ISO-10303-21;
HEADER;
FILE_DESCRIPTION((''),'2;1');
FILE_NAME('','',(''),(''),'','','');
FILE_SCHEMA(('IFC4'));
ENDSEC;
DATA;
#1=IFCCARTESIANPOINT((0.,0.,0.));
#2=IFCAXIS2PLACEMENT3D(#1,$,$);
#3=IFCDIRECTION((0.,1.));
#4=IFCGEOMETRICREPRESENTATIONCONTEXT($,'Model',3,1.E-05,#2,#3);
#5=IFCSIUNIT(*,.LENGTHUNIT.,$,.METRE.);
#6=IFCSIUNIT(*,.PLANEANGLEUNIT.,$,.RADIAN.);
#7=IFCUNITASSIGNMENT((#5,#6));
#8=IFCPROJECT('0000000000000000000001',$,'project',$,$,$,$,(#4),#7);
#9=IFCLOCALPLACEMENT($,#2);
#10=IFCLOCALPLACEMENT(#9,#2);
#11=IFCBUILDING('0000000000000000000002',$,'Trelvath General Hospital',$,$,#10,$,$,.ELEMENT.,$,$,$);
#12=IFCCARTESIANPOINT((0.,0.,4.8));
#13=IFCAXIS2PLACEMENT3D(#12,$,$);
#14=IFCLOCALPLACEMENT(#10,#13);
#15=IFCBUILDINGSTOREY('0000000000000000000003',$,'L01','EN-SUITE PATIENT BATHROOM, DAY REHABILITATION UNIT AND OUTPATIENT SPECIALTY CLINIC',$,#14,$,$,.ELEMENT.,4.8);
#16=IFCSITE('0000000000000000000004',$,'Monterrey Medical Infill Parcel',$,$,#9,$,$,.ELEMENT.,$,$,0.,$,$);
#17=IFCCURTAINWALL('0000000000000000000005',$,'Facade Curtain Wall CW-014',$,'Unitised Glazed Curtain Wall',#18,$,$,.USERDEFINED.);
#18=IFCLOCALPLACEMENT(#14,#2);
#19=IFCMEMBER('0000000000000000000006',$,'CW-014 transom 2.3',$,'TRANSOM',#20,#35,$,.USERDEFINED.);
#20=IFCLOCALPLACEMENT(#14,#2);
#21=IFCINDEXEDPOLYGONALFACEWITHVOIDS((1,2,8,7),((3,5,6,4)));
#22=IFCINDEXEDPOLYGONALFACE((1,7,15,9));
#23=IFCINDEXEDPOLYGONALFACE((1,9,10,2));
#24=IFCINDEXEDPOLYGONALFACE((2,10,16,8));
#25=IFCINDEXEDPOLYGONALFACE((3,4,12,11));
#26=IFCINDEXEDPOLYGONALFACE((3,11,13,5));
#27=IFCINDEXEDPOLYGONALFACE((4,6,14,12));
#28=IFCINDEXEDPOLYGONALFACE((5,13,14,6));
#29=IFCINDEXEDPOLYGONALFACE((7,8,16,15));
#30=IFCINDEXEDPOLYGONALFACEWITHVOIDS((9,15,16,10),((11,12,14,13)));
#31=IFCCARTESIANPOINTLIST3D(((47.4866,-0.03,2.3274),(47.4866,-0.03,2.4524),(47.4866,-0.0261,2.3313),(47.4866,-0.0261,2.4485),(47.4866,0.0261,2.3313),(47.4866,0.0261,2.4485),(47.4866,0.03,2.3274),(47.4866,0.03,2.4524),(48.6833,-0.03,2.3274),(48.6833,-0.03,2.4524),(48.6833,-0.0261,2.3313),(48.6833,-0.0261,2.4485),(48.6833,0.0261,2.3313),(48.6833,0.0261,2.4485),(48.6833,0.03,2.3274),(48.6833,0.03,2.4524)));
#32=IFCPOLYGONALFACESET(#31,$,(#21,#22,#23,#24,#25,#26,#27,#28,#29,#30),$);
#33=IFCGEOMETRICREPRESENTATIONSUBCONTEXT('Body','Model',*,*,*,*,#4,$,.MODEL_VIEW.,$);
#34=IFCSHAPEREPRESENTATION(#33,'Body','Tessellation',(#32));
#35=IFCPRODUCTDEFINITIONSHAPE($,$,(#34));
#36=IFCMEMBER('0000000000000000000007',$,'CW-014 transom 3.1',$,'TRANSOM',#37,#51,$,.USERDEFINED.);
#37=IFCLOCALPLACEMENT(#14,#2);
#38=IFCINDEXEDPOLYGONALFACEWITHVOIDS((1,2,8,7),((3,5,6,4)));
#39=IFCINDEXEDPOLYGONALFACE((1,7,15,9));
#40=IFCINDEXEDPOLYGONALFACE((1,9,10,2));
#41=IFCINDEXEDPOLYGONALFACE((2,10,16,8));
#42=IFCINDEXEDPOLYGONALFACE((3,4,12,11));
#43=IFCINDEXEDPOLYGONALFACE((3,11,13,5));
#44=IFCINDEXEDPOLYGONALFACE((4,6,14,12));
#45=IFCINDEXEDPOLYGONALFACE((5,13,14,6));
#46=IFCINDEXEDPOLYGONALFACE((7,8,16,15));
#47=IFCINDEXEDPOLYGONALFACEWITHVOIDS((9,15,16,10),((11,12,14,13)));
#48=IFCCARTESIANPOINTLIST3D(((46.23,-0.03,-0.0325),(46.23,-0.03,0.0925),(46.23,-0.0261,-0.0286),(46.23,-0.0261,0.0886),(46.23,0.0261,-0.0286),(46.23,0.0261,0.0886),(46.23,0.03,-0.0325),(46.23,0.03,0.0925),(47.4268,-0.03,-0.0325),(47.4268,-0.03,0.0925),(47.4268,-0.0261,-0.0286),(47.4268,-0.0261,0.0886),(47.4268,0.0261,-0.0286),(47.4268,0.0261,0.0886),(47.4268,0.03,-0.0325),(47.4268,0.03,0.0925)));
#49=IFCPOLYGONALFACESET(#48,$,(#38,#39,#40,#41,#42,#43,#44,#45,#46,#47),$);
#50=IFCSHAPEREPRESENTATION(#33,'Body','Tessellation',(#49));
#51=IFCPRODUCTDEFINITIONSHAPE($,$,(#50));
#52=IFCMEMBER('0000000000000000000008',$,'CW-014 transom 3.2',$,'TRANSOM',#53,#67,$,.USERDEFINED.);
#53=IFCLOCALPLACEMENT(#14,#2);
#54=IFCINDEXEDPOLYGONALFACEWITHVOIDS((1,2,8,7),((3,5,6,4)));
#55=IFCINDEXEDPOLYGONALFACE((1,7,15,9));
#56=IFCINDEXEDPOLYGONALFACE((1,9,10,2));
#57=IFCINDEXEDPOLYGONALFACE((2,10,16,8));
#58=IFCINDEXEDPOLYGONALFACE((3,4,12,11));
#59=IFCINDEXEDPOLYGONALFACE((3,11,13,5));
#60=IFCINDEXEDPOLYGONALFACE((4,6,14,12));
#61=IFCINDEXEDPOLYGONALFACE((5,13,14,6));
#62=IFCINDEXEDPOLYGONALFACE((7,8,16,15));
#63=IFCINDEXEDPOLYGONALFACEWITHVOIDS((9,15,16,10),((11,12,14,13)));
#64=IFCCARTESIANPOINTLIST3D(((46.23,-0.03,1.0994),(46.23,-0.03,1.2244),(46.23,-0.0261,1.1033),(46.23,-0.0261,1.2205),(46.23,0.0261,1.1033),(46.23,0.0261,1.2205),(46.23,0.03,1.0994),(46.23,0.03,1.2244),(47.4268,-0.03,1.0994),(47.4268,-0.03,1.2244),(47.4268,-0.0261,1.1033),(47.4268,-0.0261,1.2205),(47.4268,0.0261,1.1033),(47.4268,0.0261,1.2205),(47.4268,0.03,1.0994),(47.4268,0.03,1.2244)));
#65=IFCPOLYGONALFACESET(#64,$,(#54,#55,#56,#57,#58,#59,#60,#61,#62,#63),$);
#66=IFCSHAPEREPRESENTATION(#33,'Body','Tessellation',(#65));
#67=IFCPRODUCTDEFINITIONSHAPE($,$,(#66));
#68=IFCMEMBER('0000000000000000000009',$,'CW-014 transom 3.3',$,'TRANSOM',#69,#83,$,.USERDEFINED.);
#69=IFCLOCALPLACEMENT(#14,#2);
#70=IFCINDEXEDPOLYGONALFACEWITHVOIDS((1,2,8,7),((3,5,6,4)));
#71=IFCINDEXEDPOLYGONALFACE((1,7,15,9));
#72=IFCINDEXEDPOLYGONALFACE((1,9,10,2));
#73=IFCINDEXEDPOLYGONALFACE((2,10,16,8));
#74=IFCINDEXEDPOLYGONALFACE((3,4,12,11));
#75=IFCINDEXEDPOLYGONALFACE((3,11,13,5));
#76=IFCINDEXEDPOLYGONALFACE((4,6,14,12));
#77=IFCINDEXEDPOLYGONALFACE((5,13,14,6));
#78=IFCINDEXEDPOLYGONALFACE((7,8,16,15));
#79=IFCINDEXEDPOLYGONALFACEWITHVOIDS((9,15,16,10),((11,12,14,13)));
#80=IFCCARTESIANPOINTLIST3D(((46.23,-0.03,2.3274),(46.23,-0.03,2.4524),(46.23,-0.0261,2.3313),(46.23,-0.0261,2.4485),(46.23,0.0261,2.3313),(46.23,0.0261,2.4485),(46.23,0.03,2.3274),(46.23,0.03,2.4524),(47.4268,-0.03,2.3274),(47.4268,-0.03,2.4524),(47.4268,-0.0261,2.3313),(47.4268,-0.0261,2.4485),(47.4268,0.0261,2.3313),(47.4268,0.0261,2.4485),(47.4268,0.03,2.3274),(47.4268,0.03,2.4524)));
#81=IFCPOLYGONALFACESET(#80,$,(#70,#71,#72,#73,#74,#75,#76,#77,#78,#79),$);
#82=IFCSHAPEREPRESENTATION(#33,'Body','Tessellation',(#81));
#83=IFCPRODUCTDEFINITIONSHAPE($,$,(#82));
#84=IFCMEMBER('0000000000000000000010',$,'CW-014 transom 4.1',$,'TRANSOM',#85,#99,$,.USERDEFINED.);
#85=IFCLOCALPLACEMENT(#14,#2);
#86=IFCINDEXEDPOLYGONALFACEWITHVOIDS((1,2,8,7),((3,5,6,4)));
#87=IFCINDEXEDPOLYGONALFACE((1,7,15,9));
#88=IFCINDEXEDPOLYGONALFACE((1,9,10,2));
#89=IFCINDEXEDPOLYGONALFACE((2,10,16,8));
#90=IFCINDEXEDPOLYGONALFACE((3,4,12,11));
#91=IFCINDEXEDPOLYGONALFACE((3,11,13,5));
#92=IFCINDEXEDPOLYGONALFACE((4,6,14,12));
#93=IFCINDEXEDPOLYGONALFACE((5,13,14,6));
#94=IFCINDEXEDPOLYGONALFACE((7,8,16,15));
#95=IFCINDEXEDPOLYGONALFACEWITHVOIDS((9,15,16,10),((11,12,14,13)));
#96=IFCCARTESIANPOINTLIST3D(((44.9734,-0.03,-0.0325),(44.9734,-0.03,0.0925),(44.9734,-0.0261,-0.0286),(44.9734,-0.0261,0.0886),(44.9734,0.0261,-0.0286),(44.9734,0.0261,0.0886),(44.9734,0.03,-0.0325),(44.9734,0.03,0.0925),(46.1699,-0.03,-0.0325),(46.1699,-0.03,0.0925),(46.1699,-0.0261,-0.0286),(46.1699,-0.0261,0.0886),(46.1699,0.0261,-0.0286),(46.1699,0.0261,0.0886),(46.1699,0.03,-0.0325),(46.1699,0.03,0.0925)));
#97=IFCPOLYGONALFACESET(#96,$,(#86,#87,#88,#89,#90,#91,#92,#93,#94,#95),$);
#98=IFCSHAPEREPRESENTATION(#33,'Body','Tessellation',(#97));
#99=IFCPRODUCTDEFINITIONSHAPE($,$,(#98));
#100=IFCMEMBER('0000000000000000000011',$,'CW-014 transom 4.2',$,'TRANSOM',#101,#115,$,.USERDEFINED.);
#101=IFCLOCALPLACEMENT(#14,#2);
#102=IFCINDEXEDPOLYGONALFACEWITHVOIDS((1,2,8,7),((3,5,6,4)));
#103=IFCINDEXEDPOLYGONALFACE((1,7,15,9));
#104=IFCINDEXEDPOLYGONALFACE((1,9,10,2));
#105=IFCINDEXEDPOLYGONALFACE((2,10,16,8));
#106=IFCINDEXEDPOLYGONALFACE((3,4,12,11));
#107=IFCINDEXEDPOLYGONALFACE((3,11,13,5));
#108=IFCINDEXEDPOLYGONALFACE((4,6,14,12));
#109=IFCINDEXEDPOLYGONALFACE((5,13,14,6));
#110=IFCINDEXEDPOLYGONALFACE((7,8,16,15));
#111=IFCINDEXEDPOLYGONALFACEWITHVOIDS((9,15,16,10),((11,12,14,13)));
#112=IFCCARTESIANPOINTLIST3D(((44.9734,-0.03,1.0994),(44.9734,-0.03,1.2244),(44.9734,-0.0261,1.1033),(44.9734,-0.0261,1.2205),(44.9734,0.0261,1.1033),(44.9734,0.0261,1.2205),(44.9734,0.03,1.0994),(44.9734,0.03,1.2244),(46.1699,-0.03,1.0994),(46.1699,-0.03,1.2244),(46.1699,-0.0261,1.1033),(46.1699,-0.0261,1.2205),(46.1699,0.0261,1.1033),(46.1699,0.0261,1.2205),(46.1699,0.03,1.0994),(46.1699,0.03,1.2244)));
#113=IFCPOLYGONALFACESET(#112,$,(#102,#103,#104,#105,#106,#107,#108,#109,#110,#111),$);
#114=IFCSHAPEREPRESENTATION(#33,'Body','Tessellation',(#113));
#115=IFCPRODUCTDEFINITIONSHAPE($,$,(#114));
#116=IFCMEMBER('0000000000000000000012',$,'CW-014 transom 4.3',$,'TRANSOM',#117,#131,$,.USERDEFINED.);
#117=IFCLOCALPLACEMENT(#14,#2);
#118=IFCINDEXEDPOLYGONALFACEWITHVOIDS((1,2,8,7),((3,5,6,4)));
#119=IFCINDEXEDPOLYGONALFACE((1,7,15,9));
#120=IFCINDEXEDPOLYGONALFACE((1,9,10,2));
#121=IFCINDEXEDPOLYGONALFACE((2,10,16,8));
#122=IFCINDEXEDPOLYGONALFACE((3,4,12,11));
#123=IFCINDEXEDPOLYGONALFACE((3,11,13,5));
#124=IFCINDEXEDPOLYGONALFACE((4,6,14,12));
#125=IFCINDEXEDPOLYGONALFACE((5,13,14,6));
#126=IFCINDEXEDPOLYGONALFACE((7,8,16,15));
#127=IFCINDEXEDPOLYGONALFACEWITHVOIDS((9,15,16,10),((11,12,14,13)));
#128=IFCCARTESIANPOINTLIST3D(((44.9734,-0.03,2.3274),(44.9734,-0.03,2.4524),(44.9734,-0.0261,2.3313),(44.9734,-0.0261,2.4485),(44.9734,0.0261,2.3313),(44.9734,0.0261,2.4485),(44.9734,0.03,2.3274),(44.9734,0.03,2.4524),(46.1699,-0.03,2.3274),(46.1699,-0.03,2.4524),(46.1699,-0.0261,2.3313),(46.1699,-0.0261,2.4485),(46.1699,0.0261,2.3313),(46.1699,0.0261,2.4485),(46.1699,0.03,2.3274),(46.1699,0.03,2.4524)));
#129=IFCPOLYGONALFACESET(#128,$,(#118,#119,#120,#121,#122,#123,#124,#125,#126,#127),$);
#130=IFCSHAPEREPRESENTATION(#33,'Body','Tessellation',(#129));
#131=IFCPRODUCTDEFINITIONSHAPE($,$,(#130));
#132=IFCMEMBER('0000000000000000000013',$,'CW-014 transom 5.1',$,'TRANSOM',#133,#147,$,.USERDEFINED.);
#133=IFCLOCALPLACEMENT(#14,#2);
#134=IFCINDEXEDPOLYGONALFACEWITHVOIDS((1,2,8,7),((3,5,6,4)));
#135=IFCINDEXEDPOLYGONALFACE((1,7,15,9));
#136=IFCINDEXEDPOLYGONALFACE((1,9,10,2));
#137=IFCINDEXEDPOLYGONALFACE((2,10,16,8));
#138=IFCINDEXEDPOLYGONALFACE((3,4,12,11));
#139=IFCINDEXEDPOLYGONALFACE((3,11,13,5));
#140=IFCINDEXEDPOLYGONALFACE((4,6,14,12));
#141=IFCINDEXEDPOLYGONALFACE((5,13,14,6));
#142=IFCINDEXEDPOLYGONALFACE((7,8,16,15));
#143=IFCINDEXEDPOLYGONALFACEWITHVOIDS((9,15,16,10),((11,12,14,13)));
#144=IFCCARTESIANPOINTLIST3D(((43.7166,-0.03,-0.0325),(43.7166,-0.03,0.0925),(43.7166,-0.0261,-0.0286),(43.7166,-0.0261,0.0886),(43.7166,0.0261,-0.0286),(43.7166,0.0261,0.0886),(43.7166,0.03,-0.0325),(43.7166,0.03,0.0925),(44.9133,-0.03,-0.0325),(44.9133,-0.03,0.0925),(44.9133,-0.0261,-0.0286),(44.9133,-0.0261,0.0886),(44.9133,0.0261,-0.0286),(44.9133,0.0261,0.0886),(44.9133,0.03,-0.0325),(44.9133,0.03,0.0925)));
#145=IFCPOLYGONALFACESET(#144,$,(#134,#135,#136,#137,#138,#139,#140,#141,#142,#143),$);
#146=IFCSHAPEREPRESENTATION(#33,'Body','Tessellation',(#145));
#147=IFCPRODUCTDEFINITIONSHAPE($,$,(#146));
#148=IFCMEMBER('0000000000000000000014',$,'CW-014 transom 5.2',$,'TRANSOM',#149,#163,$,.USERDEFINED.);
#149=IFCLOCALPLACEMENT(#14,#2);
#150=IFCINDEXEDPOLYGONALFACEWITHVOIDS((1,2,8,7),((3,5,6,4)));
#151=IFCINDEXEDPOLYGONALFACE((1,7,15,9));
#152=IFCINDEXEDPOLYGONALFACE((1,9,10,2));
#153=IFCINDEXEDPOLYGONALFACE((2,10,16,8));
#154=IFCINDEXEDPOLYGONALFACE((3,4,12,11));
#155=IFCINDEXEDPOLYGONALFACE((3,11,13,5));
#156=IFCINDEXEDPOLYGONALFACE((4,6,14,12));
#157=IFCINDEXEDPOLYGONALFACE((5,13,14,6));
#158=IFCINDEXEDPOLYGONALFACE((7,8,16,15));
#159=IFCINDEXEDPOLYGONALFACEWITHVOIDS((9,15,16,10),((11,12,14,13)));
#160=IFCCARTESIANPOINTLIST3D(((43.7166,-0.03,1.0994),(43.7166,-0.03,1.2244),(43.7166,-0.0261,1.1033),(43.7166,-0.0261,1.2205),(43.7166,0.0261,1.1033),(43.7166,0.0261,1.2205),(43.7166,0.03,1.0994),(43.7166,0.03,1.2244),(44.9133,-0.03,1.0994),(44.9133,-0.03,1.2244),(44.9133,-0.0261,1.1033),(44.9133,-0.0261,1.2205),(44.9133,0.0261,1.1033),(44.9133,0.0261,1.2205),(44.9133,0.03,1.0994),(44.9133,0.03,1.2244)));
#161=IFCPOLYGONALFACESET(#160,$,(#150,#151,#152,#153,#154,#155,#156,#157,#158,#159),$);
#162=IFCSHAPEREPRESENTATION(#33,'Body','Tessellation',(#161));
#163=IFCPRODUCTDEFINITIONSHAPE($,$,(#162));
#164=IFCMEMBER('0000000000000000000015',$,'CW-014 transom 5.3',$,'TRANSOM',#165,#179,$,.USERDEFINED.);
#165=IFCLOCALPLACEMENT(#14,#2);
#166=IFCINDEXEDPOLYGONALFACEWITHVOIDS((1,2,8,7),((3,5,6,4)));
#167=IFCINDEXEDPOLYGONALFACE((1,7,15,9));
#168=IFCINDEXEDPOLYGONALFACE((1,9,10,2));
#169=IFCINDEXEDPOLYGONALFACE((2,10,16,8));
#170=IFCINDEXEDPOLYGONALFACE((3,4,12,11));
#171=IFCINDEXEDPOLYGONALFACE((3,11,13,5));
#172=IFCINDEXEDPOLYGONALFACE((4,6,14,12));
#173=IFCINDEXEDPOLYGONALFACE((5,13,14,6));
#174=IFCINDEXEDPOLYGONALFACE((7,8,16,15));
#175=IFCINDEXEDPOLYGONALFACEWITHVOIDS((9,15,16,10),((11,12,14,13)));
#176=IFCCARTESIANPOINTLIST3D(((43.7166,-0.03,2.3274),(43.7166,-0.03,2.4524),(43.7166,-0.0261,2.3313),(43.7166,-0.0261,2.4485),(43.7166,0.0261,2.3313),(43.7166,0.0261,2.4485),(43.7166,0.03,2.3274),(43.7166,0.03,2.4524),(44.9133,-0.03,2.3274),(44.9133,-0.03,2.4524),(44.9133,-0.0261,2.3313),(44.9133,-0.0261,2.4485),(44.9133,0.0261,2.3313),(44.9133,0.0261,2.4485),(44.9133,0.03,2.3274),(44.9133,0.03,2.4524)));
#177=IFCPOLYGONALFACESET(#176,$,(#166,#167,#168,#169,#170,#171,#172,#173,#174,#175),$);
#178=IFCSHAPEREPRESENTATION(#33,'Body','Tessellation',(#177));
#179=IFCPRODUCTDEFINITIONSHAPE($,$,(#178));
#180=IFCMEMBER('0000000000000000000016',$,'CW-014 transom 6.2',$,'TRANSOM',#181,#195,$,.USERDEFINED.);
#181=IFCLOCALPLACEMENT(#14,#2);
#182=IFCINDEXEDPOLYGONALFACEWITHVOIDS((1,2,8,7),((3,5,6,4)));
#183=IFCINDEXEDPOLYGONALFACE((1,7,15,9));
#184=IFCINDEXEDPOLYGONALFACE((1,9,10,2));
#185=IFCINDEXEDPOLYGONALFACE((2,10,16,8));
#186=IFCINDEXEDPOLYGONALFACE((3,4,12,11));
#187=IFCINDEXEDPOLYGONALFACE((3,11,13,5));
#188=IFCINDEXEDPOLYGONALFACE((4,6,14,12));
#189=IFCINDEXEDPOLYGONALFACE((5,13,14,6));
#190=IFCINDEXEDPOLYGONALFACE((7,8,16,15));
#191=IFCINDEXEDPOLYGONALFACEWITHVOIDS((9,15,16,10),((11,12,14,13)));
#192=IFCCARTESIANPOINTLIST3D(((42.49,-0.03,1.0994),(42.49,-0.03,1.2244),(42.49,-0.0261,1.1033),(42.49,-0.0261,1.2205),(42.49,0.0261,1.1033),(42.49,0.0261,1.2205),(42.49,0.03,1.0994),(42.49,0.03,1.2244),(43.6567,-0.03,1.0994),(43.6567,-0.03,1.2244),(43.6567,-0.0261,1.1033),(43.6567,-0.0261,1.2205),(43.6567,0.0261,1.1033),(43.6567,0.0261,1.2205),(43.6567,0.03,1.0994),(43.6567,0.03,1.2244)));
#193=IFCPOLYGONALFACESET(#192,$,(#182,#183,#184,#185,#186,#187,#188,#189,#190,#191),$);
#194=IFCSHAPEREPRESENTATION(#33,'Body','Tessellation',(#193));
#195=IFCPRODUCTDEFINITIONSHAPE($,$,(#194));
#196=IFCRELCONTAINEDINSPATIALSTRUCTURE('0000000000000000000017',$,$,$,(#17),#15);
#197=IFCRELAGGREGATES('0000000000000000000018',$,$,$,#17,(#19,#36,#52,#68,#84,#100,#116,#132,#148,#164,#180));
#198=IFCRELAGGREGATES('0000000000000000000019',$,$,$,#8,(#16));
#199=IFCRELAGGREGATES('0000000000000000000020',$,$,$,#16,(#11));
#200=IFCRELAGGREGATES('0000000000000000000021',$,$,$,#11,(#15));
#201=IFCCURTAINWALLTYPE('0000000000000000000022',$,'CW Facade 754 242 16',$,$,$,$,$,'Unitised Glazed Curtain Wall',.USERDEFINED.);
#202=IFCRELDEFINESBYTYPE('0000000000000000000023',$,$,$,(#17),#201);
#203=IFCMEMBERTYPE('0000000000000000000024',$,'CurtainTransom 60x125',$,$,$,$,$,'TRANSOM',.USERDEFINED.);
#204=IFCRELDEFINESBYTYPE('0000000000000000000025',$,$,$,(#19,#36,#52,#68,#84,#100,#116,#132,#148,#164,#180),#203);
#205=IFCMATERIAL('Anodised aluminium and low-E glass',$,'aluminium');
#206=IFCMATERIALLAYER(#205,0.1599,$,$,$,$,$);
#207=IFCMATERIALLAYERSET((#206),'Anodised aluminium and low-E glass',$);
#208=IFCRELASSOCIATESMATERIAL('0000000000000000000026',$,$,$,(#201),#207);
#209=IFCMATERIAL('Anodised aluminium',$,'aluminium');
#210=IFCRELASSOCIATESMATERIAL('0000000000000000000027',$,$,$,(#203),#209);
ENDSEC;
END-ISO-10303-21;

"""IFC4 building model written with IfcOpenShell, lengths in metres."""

from ifc_helpers import new_model, si_unit, direction, frame, origin, origin_2d, place, context, subcontext, project, spatial, hollow_rectangle, extrude, material, layer, layer_set, material_profile, profile_set, type_object, element, aggregate, save


model = new_model("IFC4")

# Units and contexts
model_context = context("Model", 3, precision=1e-05, world=origin(), true_north=direction((0.0, 1.0)))
body_context = subcontext(model_context, "Body", "Model", "MODEL_VIEW")
ifc_project = project(units=[si_unit("LENGTHUNIT", "METRE"), si_unit("PLANEANGLEUNIT", "RADIAN")], contexts=[model_context])

# Site, building, storey
site_placement = place(None, origin())
site = spatial("IfcSite", under=ifc_project, at=site_placement, Name="Monterrey Medical Infill Parcel", CompositionType="ELEMENT", RefElevation=0.0)
building_placement = place(site_placement, origin())
building = spatial("IfcBuilding", under=site, at=building_placement, Name="Trelvath General Hospital", CompositionType="ELEMENT")
storey_placement = place(building_placement, frame((0.0, 0.0, 4.8)))
storey = spatial("IfcBuildingStorey", under=building, at=storey_placement, Name="L01", Description="EN-SUITE PATIENT BATHROOM, DAY REHABILITATION UNIT AND OUTPATIENT SPECIALTY CLINIC", CompositionType="ELEMENT", Elevation=4.8)

# Curtain wall, members
ifc_material_1 = material(Name="Anodised aluminium and low-E glass", Category="aluminium")
ifc_layer_1 = layer(ifc_material_1, 0.1599)
ifc_layer_set_1 = layer_set([ifc_layer_1], Name="Anodised aluminium and low-E glass")
curtain_wall_type = type_object("IfcCurtainWallType", Name="CW Facade 754 242 16", ElementType="Unitised Glazed Curtain Wall", PredefinedType="USERDEFINED", material=ifc_layer_set_1)
curtain_wall_placement = place(storey_placement, origin())
curtain_wall = element("IfcCurtainWall", 1, at=curtain_wall_placement, inside=storey, type_object=curtain_wall_type, Name="Facade Curtain Wall CW-014", ObjectType="Unitised Glazed Curtain Wall", PredefinedType="USERDEFINED")
ifc_material_2 = material(Name="Anodised aluminium", Category="aluminium")
ifc_material_profile_1 = material_profile(ifc_material_2, hollow_rectangle(XDim=0.0601, YDim=0.125, WallThickness=0.0039, at=origin_2d()), Name="RHS60x125x4")
ifc_profile_set_1 = profile_set([ifc_material_profile_1], Name="Anodised aluminium")
member_type_1 = type_object("IfcMemberType", Name="CurtainTransom 60x125", ElementType="TRANSOM", PredefinedType="USERDEFINED", material=ifc_profile_set_1)
member_1_placement = place(storey_placement, frame((48.6833, 0.0, 2.3899), z_axis=(-1.0, 0.0, 0.0), x_axis=(0.0, -1.0, 0.0)))
member_1 = element("IfcMember", 2, at=member_1_placement, type_object=member_type_1, Name="CW-014 transom 2.3", ObjectType="TRANSOM", PredefinedType="USERDEFINED", context=body_context, shape_type="SweptSolid", body=[
    extrude(hollow_rectangle(XDim=0.0601, YDim=0.125, WallThickness=0.0039, at=origin_2d()), origin(), (0.0, 0.0, 1.0), 1.1968),
])
member_2_placement = place(storey_placement, frame((47.4268, 0.0, 0.03), z_axis=(-1.0, 0.0, 0.0), x_axis=(0.0, -1.0, 0.0)))
member_2 = element("IfcMember", 3, at=member_2_placement, type_object=member_type_1, Name="CW-014 transom 3.1", ObjectType="TRANSOM", PredefinedType="USERDEFINED", context=body_context, shape_type="SweptSolid", body=[
    extrude(hollow_rectangle(XDim=0.0601, YDim=0.125, WallThickness=0.0039, at=origin_2d()), origin(), (0.0, 0.0, 1.0), 1.1968),
])
member_3_placement = place(storey_placement, frame((47.4268, 0.0, 1.1619), z_axis=(-1.0, 0.0, 0.0), x_axis=(0.0, -1.0, 0.0)))
member_3 = element("IfcMember", 4, at=member_3_placement, type_object=member_type_1, Name="CW-014 transom 3.2", ObjectType="TRANSOM", PredefinedType="USERDEFINED", context=body_context, shape_type="SweptSolid", body=[
    extrude(hollow_rectangle(XDim=0.0601, YDim=0.125, WallThickness=0.0039, at=origin_2d()), origin(), (0.0, 0.0, 1.0), 1.1968),
])
member_4_placement = place(storey_placement, frame((47.4268, 0.0, 2.3899), z_axis=(-1.0, 0.0, 0.0), x_axis=(0.0, -1.0, 0.0)))
member_4 = element("IfcMember", 5, at=member_4_placement, type_object=member_type_1, Name="CW-014 transom 3.3", ObjectType="TRANSOM", PredefinedType="USERDEFINED", context=body_context, shape_type="SweptSolid", body=[
    extrude(hollow_rectangle(XDim=0.0601, YDim=0.125, WallThickness=0.0039, at=origin_2d()), origin(), (0.0, 0.0, 1.0), 1.1968),
])
member_5_placement = place(storey_placement, frame((46.1699, 0.0, 0.03), z_axis=(-1.0, 0.0, 0.0), x_axis=(0.0, -1.0, 0.0)))
member_5 = element("IfcMember", 6, at=member_5_placement, type_object=member_type_1, Name="CW-014 transom 4.1", ObjectType="TRANSOM", PredefinedType="USERDEFINED", context=body_context, shape_type="SweptSolid", body=[
    extrude(hollow_rectangle(XDim=0.0601, YDim=0.125, WallThickness=0.0039, at=origin_2d()), origin(), (0.0, 0.0, 1.0), 1.1965),
])
member_6_placement = place(storey_placement, frame((46.1699, 0.0, 1.1619), z_axis=(-1.0, 0.0, 0.0), x_axis=(0.0, -1.0, 0.0)))
member_6 = element("IfcMember", 7, at=member_6_placement, type_object=member_type_1, Name="CW-014 transom 4.2", ObjectType="TRANSOM", PredefinedType="USERDEFINED", context=body_context, shape_type="SweptSolid", body=[
    extrude(hollow_rectangle(XDim=0.0601, YDim=0.125, WallThickness=0.0039, at=origin_2d()), origin(), (0.0, 0.0, 1.0), 1.1965),
])
member_7_placement = place(storey_placement, frame((46.1699, 0.0, 2.3899), z_axis=(-1.0, 0.0, 0.0), x_axis=(0.0, -1.0, 0.0)))
member_7 = element("IfcMember", 8, at=member_7_placement, type_object=member_type_1, Name="CW-014 transom 4.3", ObjectType="TRANSOM", PredefinedType="USERDEFINED", context=body_context, shape_type="SweptSolid", body=[
    extrude(hollow_rectangle(XDim=0.0601, YDim=0.125, WallThickness=0.0039, at=origin_2d()), origin(), (0.0, 0.0, 1.0), 1.1965),
])
member_8_placement = place(storey_placement, frame((44.9133, 0.0, 0.03), z_axis=(-1.0, 0.0, 0.0), x_axis=(0.0, -1.0, 0.0)))
member_8 = element("IfcMember", 9, at=member_8_placement, type_object=member_type_1, Name="CW-014 transom 5.1", ObjectType="TRANSOM", PredefinedType="USERDEFINED", context=body_context, shape_type="SweptSolid", body=[
    extrude(hollow_rectangle(XDim=0.0601, YDim=0.125, WallThickness=0.0039, at=origin_2d()), origin(), (0.0, 0.0, 1.0), 1.1968),
])
member_9_placement = place(storey_placement, frame((44.9133, 0.0, 1.1619), z_axis=(-1.0, 0.0, 0.0), x_axis=(0.0, -1.0, 0.0)))
member_9 = element("IfcMember", 10, at=member_9_placement, type_object=member_type_1, Name="CW-014 transom 5.2", ObjectType="TRANSOM", PredefinedType="USERDEFINED", context=body_context, shape_type="SweptSolid", body=[
    extrude(hollow_rectangle(XDim=0.0601, YDim=0.125, WallThickness=0.0039, at=origin_2d()), origin(), (0.0, 0.0, 1.0), 1.1968),
])
member_10_placement = place(storey_placement, frame((44.9133, 0.0, 2.3899), z_axis=(-1.0, 0.0, 0.0), x_axis=(0.0, -1.0, 0.0)))
member_10 = element("IfcMember", 11, at=member_10_placement, type_object=member_type_1, Name="CW-014 transom 5.3", ObjectType="TRANSOM", PredefinedType="USERDEFINED", context=body_context, shape_type="SweptSolid", body=[
    extrude(hollow_rectangle(XDim=0.0601, YDim=0.125, WallThickness=0.0039, at=origin_2d()), origin(), (0.0, 0.0, 1.0), 1.1968),
])
member_11_placement = place(storey_placement, frame((43.6567, 0.0, 1.1619), z_axis=(-1.0, 0.0, 0.0), x_axis=(0.0, -1.0, 0.0)))
member_11 = element("IfcMember", 12, at=member_11_placement, type_object=member_type_1, Name="CW-014 transom 6.2", ObjectType="TRANSOM", PredefinedType="USERDEFINED", context=body_context, shape_type="SweptSolid", body=[
    extrude(hollow_rectangle(XDim=0.0601, YDim=0.125, WallThickness=0.0039, at=origin_2d()), origin(), (0.0, 0.0, 1.0), 1.1667),
])
aggregate(curtain_wall, [member_1, member_2, member_3, member_4, member_5, member_6, member_7, member_8, member_9, member_10, member_11])

save(model, "model.ifc")
